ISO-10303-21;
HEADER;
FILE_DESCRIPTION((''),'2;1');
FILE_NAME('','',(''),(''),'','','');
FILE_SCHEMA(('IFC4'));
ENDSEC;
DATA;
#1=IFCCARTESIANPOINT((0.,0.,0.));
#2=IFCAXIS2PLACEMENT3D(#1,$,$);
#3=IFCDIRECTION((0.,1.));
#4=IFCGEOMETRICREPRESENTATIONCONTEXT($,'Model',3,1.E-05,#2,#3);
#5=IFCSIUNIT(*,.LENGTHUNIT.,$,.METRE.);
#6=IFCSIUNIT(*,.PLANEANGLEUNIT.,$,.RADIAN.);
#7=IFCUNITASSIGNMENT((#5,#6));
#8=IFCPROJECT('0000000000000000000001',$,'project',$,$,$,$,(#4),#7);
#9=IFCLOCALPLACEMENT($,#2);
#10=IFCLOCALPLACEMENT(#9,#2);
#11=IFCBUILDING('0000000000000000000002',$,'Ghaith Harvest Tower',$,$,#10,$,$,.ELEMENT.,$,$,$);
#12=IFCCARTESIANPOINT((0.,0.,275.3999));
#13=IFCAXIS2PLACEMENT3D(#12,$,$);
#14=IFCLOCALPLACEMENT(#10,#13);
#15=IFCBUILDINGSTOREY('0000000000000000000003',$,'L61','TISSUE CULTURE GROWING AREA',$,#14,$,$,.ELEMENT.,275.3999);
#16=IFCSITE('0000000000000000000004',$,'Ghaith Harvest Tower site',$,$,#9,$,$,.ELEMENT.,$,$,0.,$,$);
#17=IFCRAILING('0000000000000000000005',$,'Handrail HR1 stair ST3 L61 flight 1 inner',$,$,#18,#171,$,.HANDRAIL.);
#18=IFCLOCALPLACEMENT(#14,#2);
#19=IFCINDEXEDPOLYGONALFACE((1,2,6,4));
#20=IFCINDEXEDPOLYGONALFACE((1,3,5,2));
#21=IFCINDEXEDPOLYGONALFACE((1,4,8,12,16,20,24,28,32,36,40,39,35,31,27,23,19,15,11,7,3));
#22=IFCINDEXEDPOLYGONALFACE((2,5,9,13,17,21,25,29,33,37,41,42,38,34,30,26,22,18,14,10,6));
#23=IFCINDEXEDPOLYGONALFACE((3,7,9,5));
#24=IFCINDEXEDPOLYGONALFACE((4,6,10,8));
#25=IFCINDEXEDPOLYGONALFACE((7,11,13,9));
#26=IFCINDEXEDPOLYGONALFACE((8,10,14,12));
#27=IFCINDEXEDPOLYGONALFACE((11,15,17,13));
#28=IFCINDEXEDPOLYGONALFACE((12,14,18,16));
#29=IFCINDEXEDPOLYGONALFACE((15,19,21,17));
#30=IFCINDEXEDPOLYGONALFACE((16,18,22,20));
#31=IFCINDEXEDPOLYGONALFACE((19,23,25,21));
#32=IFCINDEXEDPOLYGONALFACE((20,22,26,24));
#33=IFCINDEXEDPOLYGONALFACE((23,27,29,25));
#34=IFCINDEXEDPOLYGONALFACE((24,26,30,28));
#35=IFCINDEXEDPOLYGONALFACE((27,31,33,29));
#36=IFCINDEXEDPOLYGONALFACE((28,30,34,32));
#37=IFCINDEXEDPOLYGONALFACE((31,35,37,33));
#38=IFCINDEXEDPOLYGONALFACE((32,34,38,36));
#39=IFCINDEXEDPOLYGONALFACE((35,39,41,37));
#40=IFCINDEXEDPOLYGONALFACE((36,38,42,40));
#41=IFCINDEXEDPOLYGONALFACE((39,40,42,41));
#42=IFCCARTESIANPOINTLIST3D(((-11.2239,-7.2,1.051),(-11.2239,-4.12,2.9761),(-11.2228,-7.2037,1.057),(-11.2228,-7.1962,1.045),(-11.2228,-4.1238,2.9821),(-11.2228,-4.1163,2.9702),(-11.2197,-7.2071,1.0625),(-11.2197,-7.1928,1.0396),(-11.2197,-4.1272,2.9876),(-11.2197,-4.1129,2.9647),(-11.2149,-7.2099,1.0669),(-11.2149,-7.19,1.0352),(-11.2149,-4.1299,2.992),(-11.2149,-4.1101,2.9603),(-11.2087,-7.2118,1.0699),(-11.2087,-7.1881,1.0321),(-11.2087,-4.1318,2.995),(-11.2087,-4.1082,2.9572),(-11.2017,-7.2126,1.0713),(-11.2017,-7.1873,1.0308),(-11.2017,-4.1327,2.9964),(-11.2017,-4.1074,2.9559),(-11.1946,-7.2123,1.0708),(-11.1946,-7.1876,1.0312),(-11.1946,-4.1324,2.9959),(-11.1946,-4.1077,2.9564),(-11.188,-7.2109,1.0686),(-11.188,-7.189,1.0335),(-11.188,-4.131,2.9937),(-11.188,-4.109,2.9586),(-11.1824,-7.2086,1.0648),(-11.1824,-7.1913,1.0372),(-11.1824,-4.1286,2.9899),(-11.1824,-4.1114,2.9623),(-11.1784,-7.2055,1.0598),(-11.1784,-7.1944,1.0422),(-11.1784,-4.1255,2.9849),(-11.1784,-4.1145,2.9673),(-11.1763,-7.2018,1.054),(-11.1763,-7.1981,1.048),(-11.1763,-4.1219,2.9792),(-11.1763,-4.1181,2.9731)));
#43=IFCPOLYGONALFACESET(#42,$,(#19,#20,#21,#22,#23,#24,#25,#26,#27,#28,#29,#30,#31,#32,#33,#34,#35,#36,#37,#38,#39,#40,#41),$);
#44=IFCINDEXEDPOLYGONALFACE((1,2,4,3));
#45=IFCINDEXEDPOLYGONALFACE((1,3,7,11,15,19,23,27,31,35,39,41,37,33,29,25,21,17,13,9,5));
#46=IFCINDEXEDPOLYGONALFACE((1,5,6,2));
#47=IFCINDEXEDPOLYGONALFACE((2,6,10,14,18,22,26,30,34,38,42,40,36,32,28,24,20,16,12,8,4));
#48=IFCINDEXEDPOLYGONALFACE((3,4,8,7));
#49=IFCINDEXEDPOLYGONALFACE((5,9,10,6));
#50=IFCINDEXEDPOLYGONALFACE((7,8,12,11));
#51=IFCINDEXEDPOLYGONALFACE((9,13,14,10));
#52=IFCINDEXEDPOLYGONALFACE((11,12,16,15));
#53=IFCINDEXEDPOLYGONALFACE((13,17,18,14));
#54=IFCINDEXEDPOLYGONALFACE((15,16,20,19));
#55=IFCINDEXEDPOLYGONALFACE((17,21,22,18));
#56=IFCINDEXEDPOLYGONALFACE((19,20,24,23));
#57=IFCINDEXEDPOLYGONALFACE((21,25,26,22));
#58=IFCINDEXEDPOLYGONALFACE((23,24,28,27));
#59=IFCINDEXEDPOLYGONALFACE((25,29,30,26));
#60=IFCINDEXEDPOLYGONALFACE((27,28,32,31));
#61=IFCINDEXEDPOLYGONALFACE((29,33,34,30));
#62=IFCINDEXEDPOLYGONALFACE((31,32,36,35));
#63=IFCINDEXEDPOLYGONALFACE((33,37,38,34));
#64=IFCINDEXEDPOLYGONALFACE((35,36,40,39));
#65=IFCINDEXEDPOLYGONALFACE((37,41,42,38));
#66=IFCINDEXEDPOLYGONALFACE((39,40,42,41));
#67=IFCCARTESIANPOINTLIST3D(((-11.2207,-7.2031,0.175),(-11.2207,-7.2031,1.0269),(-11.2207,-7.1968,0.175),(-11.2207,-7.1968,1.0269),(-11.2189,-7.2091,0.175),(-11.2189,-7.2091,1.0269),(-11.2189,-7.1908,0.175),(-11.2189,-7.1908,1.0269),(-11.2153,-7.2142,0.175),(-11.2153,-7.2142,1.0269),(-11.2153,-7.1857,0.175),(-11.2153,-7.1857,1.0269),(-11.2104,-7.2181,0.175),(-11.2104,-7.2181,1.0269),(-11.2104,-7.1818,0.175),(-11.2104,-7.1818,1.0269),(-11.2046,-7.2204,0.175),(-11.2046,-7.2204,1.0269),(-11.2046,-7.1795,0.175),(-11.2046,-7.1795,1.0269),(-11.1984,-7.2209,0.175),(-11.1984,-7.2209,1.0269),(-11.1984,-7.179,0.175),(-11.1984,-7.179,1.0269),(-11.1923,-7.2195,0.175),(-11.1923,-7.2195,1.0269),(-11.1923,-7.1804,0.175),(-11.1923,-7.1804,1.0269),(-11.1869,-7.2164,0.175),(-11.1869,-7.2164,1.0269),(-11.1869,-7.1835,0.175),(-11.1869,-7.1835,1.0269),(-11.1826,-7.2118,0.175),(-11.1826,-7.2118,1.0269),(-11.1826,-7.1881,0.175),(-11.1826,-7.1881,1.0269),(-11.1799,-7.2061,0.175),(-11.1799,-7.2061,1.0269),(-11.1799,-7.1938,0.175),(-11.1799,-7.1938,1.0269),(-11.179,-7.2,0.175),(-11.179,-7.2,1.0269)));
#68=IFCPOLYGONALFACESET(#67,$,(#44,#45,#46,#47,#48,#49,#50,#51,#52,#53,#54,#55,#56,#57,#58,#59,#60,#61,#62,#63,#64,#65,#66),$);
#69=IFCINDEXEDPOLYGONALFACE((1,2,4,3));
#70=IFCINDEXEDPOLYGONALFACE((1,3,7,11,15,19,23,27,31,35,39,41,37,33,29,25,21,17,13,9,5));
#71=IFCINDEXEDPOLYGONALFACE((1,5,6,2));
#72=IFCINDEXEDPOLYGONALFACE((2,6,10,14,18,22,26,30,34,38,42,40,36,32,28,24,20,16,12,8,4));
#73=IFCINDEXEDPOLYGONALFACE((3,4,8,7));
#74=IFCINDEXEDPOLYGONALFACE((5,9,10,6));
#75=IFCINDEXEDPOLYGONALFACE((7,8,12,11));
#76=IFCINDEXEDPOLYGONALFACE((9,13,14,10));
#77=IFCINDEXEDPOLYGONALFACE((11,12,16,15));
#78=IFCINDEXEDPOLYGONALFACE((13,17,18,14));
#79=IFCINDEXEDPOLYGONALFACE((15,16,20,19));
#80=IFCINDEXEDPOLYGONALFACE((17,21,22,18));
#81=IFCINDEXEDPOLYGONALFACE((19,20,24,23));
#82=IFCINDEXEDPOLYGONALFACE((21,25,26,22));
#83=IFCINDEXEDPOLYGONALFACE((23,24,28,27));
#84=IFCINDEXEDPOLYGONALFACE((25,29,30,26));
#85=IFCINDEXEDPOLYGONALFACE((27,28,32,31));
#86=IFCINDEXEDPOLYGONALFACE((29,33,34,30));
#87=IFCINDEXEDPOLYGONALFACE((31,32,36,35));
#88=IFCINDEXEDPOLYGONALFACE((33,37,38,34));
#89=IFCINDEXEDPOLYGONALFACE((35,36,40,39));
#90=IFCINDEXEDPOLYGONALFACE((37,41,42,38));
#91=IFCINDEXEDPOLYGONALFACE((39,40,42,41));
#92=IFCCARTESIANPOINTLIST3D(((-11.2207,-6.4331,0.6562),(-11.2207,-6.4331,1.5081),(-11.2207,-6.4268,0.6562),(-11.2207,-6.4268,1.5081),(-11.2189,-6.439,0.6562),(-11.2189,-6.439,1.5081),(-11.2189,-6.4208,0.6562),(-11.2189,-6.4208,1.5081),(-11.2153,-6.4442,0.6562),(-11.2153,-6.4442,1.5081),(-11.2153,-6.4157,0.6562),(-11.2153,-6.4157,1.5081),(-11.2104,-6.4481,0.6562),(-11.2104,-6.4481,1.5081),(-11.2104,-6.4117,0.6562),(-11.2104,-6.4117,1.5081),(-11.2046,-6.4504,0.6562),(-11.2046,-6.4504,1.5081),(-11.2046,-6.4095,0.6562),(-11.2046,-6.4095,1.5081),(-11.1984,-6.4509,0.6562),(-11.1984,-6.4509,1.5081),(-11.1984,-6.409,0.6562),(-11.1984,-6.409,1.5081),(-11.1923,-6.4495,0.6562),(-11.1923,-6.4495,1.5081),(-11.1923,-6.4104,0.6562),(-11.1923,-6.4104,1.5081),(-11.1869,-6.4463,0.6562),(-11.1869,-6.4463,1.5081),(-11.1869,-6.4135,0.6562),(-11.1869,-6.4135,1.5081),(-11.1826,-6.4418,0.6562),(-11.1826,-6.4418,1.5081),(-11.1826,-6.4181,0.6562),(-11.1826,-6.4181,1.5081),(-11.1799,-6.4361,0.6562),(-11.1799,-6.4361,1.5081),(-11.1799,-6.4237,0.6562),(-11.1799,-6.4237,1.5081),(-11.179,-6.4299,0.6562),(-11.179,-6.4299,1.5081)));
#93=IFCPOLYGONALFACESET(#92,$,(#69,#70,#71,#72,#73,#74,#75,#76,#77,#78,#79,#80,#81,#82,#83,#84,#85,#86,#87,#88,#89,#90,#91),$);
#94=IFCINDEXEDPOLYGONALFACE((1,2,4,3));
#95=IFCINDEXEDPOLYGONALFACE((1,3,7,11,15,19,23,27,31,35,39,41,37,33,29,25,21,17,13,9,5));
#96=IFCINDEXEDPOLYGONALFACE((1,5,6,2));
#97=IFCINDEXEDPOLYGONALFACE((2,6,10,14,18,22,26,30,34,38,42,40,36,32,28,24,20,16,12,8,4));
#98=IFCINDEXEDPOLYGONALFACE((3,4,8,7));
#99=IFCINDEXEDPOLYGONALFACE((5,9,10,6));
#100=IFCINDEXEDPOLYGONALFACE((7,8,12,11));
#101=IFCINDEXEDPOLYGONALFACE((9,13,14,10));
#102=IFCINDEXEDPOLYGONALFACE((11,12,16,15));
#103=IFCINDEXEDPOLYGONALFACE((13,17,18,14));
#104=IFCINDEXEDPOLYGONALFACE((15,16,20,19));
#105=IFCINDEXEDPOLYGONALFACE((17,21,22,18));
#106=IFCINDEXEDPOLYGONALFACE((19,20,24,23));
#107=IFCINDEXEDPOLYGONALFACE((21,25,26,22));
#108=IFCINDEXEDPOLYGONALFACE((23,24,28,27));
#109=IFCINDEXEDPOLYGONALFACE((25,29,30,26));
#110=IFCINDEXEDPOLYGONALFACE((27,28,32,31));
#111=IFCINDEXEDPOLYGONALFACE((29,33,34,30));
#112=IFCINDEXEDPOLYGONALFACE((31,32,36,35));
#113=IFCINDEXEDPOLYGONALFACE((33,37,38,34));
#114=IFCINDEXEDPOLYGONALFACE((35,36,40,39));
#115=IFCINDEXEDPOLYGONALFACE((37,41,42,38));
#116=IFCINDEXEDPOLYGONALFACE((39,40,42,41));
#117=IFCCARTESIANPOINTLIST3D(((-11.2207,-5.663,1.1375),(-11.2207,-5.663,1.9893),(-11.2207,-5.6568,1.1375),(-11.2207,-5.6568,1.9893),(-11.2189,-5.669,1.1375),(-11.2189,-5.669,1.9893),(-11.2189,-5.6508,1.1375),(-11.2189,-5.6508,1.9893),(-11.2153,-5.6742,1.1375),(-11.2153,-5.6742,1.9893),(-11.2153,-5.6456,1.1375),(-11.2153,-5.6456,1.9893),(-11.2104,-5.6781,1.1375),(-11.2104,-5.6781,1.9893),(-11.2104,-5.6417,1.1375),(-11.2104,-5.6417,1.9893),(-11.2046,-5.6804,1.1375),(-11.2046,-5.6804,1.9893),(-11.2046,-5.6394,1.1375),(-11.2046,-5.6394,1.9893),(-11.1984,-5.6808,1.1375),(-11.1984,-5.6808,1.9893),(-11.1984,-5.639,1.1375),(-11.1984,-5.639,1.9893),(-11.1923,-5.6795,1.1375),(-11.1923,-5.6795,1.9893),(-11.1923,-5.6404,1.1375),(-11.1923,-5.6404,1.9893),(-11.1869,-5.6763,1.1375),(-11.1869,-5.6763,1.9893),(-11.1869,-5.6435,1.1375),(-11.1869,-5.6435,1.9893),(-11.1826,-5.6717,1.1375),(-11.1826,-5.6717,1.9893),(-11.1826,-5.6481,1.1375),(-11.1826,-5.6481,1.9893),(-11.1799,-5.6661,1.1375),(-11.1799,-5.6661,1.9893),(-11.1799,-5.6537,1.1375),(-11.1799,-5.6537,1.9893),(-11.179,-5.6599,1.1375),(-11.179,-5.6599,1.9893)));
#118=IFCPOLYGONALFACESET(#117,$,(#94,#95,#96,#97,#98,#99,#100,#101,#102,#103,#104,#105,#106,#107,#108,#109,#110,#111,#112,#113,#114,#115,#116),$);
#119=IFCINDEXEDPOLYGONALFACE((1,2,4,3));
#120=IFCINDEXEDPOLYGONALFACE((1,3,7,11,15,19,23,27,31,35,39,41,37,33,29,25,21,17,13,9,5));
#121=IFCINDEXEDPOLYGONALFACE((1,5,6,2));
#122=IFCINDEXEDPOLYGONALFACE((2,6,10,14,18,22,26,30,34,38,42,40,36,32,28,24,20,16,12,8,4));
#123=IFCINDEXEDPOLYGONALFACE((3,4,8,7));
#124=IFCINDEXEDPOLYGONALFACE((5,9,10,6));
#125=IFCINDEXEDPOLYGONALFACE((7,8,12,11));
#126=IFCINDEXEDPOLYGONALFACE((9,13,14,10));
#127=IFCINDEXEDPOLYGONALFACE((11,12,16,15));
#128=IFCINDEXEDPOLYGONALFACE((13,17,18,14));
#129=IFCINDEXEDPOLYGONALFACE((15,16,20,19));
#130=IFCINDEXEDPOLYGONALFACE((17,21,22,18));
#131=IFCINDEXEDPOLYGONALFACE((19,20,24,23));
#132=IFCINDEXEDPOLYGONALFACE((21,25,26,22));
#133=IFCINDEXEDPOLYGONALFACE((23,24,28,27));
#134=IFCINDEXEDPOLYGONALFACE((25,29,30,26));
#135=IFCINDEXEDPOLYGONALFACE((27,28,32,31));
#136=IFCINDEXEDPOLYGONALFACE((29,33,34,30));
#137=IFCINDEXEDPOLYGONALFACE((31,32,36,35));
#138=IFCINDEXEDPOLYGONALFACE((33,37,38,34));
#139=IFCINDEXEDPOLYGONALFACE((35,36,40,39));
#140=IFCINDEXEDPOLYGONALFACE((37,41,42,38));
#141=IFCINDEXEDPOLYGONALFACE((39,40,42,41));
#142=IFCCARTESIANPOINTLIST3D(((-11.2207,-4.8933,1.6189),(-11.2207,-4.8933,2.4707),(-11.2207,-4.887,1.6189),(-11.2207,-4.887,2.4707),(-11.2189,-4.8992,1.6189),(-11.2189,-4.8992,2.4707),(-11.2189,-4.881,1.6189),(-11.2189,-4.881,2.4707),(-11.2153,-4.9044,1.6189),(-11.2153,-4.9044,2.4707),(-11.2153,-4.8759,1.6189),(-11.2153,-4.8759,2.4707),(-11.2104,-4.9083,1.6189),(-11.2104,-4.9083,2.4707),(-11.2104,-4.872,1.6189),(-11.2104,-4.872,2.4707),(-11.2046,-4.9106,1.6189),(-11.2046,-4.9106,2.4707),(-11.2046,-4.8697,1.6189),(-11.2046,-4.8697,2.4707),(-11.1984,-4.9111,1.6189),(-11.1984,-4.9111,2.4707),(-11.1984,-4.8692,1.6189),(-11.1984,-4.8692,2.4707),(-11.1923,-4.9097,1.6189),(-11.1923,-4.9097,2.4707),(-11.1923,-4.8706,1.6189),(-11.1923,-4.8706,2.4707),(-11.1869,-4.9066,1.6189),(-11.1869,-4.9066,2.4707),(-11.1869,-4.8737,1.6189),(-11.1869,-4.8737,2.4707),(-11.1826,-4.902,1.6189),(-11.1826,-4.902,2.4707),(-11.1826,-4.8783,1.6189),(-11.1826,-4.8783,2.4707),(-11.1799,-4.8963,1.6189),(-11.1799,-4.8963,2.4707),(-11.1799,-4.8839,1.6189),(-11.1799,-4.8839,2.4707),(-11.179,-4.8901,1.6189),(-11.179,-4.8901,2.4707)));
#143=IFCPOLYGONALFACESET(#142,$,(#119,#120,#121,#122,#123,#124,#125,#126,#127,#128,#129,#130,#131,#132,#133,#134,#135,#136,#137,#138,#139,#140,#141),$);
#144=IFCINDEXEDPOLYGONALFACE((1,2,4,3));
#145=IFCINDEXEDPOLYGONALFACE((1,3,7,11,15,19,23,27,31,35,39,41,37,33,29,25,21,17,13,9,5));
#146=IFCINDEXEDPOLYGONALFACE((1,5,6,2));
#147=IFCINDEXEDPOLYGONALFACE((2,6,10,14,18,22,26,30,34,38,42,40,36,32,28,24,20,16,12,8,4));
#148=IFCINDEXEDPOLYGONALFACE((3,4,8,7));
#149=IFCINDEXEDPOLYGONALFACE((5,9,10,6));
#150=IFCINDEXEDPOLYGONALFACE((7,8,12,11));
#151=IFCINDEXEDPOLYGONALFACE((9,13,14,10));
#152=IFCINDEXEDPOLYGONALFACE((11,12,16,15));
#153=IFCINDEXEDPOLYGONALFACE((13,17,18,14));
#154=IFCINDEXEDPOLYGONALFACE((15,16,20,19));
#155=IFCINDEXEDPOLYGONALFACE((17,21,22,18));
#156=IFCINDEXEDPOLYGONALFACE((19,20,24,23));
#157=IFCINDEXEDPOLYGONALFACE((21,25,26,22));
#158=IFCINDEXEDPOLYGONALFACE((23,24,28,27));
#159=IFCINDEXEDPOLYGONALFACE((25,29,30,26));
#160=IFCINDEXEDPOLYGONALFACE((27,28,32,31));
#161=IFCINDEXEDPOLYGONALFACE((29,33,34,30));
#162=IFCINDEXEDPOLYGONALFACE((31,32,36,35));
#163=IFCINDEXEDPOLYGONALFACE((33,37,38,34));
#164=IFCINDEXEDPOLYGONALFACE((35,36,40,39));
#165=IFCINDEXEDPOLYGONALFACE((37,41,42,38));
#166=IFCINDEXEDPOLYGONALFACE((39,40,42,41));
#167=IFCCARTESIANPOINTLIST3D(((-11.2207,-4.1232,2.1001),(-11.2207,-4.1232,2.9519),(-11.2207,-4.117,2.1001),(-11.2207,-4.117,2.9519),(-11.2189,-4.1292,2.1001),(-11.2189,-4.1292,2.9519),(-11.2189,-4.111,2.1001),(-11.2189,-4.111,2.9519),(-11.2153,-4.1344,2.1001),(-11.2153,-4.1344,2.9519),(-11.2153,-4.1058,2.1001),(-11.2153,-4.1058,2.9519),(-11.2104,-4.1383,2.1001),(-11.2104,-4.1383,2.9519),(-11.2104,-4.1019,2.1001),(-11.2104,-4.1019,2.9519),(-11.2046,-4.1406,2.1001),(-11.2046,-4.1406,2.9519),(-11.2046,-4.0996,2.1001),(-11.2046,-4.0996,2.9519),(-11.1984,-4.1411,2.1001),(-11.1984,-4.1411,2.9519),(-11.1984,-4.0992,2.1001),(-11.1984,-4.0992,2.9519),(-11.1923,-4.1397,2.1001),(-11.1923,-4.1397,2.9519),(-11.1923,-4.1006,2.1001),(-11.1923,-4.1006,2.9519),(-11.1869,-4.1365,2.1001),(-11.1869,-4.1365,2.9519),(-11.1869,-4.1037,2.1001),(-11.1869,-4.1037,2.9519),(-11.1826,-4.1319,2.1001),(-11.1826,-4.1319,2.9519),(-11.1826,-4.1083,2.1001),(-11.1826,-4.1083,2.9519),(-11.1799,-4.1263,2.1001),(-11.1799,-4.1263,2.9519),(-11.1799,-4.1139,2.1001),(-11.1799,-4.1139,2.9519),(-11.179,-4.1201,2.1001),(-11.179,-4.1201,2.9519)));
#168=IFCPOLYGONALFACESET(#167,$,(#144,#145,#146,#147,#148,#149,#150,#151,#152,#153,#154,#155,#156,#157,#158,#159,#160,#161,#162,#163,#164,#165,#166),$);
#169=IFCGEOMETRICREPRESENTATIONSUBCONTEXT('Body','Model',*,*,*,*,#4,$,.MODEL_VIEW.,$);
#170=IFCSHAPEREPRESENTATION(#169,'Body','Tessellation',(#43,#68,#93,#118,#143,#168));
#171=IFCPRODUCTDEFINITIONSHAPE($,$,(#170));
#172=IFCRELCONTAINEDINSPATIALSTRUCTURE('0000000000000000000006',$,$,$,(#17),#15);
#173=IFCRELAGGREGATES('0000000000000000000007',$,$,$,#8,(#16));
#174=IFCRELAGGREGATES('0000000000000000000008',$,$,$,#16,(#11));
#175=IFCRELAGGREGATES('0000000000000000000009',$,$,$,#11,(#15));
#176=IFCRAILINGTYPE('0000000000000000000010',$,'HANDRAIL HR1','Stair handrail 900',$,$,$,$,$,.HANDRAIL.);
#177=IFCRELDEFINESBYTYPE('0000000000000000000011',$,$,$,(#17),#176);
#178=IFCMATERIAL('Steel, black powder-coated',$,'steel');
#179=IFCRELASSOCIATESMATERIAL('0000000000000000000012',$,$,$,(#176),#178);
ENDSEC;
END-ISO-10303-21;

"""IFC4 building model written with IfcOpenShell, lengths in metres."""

from ifc_helpers import new_model, si_unit, direction, frame, origin, origin_2d, place, context, subcontext, project, spatial, circle, extrude, material, type_object, element, save


model = new_model("IFC4")

# Units and contexts
model_context = context("Model", 3, precision=1e-05, world=origin(), true_north=direction((0.0, 1.0)))
body_context = subcontext(model_context, "Body", "Model", "MODEL_VIEW")
ifc_project = project(units=[si_unit("LENGTHUNIT", "METRE"), si_unit("PLANEANGLEUNIT", "RADIAN")], contexts=[model_context])

# Site, building, storey
site_placement = place(None, origin())
site = spatial("IfcSite", under=ifc_project, at=site_placement, Name="Ghaith Harvest Tower site", CompositionType="ELEMENT", RefElevation=0.0)
building_placement = place(site_placement, origin())
building = spatial("IfcBuilding", under=site, at=building_placement, Name="Ghaith Harvest Tower", CompositionType="ELEMENT")
storey_placement = place(building_placement, frame((0.0, 0.0, 275.3999)))
storey = spatial("IfcBuildingStorey", under=building, at=storey_placement, Name="L61", Description="TISSUE CULTURE GROWING AREA", CompositionType="ELEMENT", Elevation=275.3999)

# Railing
ifc_material_1 = material(Name="Steel, black powder-coated", Category="steel")
railing_type = type_object("IfcRailingType", Name="HANDRAIL HR1", Description="Stair handrail 900", PredefinedType="HANDRAIL", material=ifc_material_1)
railing_1_placement = place(storey_placement, frame((-11.2, -7.2, 0.175)))
element("IfcRailing", 1, at=railing_1_placement, inside=storey, type_object=railing_type, Name="Handrail HR1 stair ST3 L61 flight 1 inner", PredefinedType="HANDRAIL", context=body_context, shape_type="SweptSolid", body=[
    extrude(circle(Radius=0.0239, at=origin_2d()), frame((0.0, 0.0, 0.876), z_axis=(0.0, 0.847979, 0.530029), x_axis=(-1.0, 0.0, 0.0)), (0.0, 0.0, 1.0), 3.6321),
    extrude(circle(Radius=0.021, at=origin_2d()), origin(), (0.0, 0.0, 1.0), 0.8518),
    extrude(circle(Radius=0.021, at=origin_2d()), frame((0.0, 0.77, 0.4812)), (0.0, 0.0, 1.0), 0.8518),
    extrude(circle(Radius=0.021, at=origin_2d()), frame((0.0, 1.54, 0.9624)), (0.0, 0.0, 1.0), 0.8518),
    extrude(circle(Radius=0.021, at=origin_2d()), frame((0.0, 2.3098, 1.4438)), (0.0, 0.0, 1.0), 0.8518),
    extrude(circle(Radius=0.021, at=origin_2d()), frame((0.0, 3.0798, 1.925)), (0.0, 0.0, 1.0), 0.8518),
])

save(model, "model.ifc")
